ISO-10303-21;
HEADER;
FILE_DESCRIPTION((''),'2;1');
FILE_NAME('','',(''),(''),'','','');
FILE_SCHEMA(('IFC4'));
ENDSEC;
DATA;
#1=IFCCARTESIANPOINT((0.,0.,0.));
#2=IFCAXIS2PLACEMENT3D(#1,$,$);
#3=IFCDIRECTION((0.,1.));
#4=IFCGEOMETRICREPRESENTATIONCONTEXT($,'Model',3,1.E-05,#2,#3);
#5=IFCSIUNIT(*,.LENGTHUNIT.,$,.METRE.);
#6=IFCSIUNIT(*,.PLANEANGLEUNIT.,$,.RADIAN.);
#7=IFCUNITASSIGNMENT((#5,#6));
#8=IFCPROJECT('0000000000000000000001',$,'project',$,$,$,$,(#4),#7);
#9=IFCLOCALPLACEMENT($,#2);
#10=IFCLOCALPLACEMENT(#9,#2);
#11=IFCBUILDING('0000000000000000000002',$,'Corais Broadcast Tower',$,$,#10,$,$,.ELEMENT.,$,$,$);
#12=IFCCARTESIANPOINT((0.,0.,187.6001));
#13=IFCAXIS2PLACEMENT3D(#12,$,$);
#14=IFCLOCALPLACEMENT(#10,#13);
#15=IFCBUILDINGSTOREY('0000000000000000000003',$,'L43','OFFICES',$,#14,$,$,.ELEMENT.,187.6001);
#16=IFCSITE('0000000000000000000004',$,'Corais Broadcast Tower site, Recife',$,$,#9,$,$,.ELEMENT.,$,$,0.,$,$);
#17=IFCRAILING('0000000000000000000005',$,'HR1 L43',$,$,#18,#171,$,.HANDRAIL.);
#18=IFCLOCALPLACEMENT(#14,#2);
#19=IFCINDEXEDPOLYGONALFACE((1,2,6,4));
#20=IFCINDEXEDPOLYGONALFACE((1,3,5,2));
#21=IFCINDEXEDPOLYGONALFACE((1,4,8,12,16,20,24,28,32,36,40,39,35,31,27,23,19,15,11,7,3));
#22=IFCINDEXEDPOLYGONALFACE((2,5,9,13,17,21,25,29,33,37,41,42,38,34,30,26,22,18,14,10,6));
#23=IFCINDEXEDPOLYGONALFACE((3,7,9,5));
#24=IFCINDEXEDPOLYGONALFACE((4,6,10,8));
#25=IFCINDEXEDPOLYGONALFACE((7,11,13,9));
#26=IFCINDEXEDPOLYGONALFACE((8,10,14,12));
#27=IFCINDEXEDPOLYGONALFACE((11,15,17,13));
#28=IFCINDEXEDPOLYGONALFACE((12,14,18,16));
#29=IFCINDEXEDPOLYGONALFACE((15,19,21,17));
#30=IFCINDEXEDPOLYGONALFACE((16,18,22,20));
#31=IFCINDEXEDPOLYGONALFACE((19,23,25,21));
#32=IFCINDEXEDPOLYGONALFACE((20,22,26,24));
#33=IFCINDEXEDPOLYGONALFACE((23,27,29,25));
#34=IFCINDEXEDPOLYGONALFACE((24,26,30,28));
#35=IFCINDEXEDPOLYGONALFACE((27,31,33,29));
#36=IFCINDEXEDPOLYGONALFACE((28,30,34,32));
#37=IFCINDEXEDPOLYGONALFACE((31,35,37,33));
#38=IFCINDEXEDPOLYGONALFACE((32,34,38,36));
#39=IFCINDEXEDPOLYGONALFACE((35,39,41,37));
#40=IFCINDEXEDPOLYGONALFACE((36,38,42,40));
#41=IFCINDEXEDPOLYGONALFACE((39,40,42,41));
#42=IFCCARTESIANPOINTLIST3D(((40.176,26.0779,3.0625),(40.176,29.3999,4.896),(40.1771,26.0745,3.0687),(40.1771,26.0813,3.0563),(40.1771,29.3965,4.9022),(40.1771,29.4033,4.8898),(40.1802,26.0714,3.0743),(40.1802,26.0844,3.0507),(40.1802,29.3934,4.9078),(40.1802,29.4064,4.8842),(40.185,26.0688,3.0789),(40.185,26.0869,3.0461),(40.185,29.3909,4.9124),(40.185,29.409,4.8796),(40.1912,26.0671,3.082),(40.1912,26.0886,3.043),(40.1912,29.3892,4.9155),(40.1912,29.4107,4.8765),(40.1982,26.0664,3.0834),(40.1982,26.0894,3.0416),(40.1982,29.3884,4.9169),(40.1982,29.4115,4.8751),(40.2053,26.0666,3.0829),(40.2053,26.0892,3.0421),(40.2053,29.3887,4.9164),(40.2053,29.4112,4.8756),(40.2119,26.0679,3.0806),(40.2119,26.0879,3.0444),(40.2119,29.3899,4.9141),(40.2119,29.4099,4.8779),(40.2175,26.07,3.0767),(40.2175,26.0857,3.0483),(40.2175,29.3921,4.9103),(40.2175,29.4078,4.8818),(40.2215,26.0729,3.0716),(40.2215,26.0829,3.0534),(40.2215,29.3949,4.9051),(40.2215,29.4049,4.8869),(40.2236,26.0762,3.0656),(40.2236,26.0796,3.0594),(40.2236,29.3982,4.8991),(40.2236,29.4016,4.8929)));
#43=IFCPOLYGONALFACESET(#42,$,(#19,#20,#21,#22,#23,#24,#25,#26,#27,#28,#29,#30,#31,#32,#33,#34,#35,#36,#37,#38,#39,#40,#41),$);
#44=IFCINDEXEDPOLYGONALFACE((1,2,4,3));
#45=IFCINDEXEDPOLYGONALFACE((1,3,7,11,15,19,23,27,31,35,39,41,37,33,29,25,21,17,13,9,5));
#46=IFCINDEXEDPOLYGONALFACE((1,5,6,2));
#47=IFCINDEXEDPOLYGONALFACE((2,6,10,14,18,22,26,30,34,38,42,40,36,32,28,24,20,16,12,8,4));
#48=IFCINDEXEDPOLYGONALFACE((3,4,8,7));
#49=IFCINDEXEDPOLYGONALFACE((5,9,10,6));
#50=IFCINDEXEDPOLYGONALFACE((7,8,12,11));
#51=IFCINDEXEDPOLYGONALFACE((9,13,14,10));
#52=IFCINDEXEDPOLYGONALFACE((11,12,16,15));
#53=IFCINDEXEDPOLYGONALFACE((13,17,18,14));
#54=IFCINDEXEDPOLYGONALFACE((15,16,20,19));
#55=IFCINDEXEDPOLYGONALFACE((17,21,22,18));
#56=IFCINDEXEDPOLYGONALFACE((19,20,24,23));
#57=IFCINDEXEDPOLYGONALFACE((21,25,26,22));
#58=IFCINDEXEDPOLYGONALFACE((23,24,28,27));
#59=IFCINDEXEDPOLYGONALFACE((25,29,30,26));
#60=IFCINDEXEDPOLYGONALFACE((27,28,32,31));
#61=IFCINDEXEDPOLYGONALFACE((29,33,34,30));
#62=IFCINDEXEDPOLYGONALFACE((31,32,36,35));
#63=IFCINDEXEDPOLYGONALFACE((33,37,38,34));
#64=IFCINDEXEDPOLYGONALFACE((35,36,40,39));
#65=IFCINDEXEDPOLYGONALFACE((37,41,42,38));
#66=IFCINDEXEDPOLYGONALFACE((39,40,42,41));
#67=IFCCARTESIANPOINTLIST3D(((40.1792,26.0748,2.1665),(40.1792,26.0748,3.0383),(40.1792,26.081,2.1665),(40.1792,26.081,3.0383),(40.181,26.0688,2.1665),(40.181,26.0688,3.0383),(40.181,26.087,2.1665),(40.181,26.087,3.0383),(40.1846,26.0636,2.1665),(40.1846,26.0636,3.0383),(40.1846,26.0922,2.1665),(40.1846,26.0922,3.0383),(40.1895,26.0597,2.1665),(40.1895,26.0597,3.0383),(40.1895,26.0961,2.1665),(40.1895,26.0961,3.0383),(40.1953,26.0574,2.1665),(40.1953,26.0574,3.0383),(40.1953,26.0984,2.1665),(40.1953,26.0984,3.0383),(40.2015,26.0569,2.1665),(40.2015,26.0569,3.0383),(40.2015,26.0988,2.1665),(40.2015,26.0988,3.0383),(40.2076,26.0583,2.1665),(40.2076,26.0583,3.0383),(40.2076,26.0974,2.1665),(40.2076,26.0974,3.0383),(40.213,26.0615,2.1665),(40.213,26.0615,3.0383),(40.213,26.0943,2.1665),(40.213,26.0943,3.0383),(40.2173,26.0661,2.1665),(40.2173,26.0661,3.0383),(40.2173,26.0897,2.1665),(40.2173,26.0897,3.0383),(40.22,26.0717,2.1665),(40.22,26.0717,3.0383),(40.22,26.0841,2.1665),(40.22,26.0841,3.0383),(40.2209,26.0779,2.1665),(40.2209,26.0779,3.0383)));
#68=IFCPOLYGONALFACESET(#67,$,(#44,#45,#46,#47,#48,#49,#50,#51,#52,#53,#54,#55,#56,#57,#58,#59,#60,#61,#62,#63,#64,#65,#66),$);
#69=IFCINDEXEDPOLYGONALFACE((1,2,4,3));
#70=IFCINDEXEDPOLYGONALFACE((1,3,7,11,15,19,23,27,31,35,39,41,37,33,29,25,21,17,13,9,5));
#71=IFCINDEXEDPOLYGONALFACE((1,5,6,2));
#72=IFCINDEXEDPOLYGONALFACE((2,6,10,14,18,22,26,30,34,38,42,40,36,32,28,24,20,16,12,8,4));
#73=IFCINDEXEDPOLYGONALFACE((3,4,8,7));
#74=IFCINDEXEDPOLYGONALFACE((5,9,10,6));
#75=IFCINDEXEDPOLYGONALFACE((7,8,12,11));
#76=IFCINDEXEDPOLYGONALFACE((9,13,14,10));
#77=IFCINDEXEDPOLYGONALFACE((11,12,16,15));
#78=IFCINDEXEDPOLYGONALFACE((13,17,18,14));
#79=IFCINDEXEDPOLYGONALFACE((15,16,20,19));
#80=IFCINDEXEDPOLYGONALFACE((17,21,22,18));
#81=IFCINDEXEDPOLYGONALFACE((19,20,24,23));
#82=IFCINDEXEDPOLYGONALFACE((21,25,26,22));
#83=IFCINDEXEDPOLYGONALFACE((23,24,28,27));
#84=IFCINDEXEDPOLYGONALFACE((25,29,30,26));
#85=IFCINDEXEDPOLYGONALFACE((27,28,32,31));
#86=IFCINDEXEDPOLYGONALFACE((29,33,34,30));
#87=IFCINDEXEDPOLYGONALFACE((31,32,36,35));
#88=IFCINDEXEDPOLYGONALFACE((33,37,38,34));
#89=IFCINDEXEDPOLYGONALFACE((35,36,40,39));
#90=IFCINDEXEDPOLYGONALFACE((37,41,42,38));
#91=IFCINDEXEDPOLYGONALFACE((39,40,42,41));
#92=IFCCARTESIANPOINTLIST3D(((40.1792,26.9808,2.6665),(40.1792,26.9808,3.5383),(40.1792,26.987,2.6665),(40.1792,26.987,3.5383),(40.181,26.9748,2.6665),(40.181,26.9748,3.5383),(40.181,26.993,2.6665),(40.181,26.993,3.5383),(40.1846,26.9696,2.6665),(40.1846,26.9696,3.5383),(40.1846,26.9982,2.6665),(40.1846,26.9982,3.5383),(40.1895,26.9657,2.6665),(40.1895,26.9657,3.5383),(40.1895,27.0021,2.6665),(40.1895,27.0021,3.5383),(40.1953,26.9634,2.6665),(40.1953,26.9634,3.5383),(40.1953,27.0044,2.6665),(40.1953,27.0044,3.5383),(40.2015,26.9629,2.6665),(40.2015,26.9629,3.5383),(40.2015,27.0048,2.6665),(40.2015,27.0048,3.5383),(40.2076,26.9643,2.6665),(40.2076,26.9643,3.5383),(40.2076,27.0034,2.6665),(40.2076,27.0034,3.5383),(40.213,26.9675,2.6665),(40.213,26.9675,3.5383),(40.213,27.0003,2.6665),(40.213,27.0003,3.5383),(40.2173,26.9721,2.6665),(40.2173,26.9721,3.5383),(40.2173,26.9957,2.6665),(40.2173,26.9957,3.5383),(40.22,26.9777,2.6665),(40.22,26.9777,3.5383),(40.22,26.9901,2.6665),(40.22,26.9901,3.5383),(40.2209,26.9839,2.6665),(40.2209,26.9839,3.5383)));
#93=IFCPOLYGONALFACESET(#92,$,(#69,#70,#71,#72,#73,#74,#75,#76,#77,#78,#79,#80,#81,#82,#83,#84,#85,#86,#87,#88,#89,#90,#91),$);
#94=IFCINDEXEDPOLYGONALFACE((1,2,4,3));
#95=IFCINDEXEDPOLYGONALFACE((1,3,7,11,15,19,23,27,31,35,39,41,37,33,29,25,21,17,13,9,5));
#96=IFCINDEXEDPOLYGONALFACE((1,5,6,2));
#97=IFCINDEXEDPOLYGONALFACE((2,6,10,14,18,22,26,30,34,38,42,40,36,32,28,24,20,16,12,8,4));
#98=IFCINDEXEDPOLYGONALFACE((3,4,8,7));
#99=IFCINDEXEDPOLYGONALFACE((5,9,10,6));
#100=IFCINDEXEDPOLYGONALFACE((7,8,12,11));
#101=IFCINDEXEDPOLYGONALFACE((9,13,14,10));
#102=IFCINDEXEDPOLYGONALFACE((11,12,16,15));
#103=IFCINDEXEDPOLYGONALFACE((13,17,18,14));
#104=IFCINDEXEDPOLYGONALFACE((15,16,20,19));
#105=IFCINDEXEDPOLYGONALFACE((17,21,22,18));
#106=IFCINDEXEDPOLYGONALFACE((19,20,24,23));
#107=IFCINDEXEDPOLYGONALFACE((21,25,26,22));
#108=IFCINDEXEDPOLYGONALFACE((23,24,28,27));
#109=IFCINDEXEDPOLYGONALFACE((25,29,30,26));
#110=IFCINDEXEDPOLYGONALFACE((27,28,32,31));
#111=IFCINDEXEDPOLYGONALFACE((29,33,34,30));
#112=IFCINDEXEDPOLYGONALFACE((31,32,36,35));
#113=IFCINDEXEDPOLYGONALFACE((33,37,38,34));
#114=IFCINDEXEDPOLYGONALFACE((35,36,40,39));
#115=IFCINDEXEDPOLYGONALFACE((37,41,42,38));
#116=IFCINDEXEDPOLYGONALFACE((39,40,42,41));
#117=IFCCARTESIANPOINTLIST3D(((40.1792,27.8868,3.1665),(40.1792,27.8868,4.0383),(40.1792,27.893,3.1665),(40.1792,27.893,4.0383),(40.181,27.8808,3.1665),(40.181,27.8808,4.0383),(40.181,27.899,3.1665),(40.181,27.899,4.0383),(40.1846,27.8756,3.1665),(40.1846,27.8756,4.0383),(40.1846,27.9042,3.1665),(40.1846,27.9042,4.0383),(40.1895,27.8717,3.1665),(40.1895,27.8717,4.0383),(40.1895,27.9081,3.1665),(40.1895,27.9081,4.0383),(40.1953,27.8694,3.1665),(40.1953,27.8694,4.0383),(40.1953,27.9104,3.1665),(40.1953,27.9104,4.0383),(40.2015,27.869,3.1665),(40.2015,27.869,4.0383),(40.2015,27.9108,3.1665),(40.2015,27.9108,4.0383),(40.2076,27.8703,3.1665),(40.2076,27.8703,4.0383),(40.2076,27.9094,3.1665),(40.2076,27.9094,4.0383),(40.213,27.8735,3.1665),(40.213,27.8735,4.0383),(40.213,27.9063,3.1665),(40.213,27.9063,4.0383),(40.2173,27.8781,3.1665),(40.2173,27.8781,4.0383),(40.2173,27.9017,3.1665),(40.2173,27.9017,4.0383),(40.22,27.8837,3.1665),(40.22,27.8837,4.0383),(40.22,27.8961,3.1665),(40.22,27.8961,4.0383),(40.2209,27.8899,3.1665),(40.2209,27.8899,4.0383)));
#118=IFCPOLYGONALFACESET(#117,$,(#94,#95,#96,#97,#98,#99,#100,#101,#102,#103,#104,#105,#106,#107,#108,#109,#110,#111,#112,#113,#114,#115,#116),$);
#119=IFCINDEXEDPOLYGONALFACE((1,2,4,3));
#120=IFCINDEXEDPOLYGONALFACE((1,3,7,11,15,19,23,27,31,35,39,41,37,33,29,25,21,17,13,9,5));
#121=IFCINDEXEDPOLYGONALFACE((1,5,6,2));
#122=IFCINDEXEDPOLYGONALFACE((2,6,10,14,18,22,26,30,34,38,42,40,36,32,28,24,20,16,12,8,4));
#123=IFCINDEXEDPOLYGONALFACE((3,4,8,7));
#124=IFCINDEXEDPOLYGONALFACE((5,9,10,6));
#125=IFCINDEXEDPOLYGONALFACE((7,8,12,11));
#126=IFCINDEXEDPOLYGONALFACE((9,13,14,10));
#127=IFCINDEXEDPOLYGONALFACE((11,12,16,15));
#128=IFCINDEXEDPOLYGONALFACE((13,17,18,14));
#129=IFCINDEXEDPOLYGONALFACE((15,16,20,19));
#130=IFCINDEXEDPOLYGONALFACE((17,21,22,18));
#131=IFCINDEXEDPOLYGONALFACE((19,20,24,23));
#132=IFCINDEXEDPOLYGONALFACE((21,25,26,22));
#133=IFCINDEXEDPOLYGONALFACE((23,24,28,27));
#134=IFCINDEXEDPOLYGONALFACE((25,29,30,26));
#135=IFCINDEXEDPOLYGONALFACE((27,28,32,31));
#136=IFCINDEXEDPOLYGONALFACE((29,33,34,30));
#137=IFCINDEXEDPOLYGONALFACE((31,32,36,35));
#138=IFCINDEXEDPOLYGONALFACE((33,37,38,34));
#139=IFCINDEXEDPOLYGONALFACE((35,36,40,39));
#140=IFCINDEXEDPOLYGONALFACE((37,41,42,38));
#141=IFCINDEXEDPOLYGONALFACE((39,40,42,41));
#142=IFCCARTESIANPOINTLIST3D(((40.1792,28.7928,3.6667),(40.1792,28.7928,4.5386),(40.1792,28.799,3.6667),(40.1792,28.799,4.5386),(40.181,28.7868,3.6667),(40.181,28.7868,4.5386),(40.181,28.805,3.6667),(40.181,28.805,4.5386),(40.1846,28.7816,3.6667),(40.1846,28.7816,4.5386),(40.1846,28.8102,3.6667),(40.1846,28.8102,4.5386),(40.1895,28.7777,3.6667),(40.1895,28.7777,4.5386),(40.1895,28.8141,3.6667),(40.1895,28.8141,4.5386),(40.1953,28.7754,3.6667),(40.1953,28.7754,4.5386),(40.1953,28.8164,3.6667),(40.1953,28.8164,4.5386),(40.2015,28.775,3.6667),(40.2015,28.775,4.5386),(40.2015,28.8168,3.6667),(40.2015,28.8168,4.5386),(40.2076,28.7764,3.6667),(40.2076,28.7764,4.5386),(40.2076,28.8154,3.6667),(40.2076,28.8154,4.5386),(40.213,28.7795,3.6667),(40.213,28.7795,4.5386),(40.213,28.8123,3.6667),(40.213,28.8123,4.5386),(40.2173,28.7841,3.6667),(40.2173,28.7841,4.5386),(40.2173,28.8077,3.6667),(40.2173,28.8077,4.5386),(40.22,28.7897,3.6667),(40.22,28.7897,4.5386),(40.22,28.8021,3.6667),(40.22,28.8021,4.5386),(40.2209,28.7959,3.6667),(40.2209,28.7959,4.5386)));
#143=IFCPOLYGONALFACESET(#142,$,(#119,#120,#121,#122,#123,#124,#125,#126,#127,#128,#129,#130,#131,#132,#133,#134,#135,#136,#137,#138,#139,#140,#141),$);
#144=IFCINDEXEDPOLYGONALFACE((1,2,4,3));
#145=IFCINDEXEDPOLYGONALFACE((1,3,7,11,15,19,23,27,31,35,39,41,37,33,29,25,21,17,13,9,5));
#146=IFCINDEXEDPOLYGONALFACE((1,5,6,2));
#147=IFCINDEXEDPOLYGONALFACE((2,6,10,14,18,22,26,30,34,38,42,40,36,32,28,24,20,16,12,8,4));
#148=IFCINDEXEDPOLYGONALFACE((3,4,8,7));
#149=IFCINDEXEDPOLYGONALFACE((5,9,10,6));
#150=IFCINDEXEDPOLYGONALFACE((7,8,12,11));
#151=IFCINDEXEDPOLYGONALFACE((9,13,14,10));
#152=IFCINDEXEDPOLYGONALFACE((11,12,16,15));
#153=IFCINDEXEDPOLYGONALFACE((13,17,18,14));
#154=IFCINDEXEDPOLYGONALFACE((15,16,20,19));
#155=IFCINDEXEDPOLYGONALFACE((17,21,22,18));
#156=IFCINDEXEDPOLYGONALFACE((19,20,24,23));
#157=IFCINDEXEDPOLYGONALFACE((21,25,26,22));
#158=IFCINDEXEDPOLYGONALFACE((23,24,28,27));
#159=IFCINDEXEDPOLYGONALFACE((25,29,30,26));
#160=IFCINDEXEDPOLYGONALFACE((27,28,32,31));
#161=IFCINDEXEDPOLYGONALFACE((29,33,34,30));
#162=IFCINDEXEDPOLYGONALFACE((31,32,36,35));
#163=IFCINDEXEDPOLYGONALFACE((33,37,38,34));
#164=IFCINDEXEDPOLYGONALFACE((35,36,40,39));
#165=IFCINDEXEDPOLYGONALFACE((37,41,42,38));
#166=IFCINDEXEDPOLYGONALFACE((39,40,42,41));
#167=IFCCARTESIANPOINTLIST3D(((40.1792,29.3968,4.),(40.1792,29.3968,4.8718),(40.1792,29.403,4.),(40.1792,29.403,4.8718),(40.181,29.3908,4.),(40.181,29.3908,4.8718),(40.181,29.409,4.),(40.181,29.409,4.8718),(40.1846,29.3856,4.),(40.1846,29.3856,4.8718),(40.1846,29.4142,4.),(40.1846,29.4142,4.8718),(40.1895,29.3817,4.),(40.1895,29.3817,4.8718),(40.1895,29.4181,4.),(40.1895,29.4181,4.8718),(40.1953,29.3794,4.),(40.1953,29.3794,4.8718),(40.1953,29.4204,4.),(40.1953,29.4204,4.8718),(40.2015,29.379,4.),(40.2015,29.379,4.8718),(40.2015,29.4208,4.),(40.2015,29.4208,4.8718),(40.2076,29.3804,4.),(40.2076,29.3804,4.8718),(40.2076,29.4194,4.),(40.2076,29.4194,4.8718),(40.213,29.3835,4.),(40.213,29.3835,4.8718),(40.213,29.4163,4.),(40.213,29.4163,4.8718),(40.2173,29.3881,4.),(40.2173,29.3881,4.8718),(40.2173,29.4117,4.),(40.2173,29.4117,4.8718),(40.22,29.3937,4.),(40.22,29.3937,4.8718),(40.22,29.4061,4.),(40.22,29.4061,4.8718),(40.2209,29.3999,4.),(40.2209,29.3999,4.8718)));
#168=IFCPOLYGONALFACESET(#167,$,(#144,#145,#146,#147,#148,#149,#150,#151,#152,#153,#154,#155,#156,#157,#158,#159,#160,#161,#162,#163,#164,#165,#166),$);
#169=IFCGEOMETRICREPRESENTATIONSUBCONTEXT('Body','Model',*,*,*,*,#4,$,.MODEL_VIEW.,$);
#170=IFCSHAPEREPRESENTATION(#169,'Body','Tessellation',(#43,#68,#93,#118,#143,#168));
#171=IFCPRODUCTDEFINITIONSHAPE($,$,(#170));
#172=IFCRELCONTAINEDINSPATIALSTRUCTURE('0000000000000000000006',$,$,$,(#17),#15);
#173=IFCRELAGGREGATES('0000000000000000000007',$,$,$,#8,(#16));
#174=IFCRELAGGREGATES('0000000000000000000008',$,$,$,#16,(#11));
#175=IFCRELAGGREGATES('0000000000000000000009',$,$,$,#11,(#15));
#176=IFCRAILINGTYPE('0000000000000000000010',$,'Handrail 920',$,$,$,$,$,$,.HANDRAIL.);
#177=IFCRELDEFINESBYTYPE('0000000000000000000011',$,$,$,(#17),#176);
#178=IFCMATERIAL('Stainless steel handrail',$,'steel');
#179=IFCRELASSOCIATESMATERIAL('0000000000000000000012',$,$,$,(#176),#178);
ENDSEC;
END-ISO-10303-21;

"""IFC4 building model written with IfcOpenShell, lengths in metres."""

from ifc_helpers import new_model, si_unit, direction, frame, origin, origin_2d, place, context, subcontext, project, spatial, circle, extrude, material, type_object, element, save


model = new_model("IFC4")

# Units and contexts
model_context = context("Model", 3, precision=1e-05, world=origin(), true_north=direction((0.0, 1.0)))
body_context = subcontext(model_context, "Body", "Model", "MODEL_VIEW")
ifc_project = project(units=[si_unit("LENGTHUNIT", "METRE"), si_unit("PLANEANGLEUNIT", "RADIAN")], contexts=[model_context])

# Site, building, storey
site_placement = place(None, origin())
site = spatial("IfcSite", under=ifc_project, at=site_placement, Name="Corais Broadcast Tower site, Recife", CompositionType="ELEMENT", RefElevation=0.0)
building_placement = place(site_placement, origin())
building = spatial("IfcBuilding", under=site, at=building_placement, Name="Corais Broadcast Tower", CompositionType="ELEMENT")
storey_placement = place(building_placement, frame((0.0, 0.0, 187.6001)))
storey = spatial("IfcBuildingStorey", under=building, at=storey_placement, Name="L43", Description="OFFICES", CompositionType="ELEMENT", Elevation=187.6001)

# Railing
ifc_material_1 = material(Name="Stainless steel handrail", Category="steel")
railing_type = type_object("IfcRailingType", Name="Handrail 920", PredefinedType="HANDRAIL", material=ifc_material_1)
for number, where, name in (
    (1, (40.2, 26.0779, 2.1665), "HR1 L43"),
):
    element("IfcRailing", number, at=place(storey_placement, frame(where)), inside=storey, type_object=railing_type, Name=name, PredefinedType="HANDRAIL", context=body_context, shape_type="SweptSolid", body=[
        extrude(circle(Radius=0.0239, at=origin_2d()), frame((0.0, 0.0, 0.896), z_axis=(0.0, 0.875504, 0.48321), x_axis=(-1.0, 0.0, 0.0)), (0.0, 0.0, 1.0), 3.7944),
        extrude(circle(Radius=0.021, at=origin_2d()), origin(), (0.0, 0.0, 1.0), 0.8718),
        extrude(circle(Radius=0.021, at=origin_2d()), frame((0.0, 0.906, 0.5)), (0.0, 0.0, 1.0), 0.8718),
        extrude(circle(Radius=0.021, at=origin_2d()), frame((0.0, 1.812, 1.0)), (0.0, 0.0, 1.0), 0.8718),
        extrude(circle(Radius=0.021, at=origin_2d()), frame((0.0, 2.718, 1.5002)), (0.0, 0.0, 1.0), 0.8718),
        extrude(circle(Radius=0.021, at=origin_2d()), frame((0.0, 3.322, 1.8335)), (0.0, 0.0, 1.0), 0.8718),
    ])

save(model, "model.ifc")
